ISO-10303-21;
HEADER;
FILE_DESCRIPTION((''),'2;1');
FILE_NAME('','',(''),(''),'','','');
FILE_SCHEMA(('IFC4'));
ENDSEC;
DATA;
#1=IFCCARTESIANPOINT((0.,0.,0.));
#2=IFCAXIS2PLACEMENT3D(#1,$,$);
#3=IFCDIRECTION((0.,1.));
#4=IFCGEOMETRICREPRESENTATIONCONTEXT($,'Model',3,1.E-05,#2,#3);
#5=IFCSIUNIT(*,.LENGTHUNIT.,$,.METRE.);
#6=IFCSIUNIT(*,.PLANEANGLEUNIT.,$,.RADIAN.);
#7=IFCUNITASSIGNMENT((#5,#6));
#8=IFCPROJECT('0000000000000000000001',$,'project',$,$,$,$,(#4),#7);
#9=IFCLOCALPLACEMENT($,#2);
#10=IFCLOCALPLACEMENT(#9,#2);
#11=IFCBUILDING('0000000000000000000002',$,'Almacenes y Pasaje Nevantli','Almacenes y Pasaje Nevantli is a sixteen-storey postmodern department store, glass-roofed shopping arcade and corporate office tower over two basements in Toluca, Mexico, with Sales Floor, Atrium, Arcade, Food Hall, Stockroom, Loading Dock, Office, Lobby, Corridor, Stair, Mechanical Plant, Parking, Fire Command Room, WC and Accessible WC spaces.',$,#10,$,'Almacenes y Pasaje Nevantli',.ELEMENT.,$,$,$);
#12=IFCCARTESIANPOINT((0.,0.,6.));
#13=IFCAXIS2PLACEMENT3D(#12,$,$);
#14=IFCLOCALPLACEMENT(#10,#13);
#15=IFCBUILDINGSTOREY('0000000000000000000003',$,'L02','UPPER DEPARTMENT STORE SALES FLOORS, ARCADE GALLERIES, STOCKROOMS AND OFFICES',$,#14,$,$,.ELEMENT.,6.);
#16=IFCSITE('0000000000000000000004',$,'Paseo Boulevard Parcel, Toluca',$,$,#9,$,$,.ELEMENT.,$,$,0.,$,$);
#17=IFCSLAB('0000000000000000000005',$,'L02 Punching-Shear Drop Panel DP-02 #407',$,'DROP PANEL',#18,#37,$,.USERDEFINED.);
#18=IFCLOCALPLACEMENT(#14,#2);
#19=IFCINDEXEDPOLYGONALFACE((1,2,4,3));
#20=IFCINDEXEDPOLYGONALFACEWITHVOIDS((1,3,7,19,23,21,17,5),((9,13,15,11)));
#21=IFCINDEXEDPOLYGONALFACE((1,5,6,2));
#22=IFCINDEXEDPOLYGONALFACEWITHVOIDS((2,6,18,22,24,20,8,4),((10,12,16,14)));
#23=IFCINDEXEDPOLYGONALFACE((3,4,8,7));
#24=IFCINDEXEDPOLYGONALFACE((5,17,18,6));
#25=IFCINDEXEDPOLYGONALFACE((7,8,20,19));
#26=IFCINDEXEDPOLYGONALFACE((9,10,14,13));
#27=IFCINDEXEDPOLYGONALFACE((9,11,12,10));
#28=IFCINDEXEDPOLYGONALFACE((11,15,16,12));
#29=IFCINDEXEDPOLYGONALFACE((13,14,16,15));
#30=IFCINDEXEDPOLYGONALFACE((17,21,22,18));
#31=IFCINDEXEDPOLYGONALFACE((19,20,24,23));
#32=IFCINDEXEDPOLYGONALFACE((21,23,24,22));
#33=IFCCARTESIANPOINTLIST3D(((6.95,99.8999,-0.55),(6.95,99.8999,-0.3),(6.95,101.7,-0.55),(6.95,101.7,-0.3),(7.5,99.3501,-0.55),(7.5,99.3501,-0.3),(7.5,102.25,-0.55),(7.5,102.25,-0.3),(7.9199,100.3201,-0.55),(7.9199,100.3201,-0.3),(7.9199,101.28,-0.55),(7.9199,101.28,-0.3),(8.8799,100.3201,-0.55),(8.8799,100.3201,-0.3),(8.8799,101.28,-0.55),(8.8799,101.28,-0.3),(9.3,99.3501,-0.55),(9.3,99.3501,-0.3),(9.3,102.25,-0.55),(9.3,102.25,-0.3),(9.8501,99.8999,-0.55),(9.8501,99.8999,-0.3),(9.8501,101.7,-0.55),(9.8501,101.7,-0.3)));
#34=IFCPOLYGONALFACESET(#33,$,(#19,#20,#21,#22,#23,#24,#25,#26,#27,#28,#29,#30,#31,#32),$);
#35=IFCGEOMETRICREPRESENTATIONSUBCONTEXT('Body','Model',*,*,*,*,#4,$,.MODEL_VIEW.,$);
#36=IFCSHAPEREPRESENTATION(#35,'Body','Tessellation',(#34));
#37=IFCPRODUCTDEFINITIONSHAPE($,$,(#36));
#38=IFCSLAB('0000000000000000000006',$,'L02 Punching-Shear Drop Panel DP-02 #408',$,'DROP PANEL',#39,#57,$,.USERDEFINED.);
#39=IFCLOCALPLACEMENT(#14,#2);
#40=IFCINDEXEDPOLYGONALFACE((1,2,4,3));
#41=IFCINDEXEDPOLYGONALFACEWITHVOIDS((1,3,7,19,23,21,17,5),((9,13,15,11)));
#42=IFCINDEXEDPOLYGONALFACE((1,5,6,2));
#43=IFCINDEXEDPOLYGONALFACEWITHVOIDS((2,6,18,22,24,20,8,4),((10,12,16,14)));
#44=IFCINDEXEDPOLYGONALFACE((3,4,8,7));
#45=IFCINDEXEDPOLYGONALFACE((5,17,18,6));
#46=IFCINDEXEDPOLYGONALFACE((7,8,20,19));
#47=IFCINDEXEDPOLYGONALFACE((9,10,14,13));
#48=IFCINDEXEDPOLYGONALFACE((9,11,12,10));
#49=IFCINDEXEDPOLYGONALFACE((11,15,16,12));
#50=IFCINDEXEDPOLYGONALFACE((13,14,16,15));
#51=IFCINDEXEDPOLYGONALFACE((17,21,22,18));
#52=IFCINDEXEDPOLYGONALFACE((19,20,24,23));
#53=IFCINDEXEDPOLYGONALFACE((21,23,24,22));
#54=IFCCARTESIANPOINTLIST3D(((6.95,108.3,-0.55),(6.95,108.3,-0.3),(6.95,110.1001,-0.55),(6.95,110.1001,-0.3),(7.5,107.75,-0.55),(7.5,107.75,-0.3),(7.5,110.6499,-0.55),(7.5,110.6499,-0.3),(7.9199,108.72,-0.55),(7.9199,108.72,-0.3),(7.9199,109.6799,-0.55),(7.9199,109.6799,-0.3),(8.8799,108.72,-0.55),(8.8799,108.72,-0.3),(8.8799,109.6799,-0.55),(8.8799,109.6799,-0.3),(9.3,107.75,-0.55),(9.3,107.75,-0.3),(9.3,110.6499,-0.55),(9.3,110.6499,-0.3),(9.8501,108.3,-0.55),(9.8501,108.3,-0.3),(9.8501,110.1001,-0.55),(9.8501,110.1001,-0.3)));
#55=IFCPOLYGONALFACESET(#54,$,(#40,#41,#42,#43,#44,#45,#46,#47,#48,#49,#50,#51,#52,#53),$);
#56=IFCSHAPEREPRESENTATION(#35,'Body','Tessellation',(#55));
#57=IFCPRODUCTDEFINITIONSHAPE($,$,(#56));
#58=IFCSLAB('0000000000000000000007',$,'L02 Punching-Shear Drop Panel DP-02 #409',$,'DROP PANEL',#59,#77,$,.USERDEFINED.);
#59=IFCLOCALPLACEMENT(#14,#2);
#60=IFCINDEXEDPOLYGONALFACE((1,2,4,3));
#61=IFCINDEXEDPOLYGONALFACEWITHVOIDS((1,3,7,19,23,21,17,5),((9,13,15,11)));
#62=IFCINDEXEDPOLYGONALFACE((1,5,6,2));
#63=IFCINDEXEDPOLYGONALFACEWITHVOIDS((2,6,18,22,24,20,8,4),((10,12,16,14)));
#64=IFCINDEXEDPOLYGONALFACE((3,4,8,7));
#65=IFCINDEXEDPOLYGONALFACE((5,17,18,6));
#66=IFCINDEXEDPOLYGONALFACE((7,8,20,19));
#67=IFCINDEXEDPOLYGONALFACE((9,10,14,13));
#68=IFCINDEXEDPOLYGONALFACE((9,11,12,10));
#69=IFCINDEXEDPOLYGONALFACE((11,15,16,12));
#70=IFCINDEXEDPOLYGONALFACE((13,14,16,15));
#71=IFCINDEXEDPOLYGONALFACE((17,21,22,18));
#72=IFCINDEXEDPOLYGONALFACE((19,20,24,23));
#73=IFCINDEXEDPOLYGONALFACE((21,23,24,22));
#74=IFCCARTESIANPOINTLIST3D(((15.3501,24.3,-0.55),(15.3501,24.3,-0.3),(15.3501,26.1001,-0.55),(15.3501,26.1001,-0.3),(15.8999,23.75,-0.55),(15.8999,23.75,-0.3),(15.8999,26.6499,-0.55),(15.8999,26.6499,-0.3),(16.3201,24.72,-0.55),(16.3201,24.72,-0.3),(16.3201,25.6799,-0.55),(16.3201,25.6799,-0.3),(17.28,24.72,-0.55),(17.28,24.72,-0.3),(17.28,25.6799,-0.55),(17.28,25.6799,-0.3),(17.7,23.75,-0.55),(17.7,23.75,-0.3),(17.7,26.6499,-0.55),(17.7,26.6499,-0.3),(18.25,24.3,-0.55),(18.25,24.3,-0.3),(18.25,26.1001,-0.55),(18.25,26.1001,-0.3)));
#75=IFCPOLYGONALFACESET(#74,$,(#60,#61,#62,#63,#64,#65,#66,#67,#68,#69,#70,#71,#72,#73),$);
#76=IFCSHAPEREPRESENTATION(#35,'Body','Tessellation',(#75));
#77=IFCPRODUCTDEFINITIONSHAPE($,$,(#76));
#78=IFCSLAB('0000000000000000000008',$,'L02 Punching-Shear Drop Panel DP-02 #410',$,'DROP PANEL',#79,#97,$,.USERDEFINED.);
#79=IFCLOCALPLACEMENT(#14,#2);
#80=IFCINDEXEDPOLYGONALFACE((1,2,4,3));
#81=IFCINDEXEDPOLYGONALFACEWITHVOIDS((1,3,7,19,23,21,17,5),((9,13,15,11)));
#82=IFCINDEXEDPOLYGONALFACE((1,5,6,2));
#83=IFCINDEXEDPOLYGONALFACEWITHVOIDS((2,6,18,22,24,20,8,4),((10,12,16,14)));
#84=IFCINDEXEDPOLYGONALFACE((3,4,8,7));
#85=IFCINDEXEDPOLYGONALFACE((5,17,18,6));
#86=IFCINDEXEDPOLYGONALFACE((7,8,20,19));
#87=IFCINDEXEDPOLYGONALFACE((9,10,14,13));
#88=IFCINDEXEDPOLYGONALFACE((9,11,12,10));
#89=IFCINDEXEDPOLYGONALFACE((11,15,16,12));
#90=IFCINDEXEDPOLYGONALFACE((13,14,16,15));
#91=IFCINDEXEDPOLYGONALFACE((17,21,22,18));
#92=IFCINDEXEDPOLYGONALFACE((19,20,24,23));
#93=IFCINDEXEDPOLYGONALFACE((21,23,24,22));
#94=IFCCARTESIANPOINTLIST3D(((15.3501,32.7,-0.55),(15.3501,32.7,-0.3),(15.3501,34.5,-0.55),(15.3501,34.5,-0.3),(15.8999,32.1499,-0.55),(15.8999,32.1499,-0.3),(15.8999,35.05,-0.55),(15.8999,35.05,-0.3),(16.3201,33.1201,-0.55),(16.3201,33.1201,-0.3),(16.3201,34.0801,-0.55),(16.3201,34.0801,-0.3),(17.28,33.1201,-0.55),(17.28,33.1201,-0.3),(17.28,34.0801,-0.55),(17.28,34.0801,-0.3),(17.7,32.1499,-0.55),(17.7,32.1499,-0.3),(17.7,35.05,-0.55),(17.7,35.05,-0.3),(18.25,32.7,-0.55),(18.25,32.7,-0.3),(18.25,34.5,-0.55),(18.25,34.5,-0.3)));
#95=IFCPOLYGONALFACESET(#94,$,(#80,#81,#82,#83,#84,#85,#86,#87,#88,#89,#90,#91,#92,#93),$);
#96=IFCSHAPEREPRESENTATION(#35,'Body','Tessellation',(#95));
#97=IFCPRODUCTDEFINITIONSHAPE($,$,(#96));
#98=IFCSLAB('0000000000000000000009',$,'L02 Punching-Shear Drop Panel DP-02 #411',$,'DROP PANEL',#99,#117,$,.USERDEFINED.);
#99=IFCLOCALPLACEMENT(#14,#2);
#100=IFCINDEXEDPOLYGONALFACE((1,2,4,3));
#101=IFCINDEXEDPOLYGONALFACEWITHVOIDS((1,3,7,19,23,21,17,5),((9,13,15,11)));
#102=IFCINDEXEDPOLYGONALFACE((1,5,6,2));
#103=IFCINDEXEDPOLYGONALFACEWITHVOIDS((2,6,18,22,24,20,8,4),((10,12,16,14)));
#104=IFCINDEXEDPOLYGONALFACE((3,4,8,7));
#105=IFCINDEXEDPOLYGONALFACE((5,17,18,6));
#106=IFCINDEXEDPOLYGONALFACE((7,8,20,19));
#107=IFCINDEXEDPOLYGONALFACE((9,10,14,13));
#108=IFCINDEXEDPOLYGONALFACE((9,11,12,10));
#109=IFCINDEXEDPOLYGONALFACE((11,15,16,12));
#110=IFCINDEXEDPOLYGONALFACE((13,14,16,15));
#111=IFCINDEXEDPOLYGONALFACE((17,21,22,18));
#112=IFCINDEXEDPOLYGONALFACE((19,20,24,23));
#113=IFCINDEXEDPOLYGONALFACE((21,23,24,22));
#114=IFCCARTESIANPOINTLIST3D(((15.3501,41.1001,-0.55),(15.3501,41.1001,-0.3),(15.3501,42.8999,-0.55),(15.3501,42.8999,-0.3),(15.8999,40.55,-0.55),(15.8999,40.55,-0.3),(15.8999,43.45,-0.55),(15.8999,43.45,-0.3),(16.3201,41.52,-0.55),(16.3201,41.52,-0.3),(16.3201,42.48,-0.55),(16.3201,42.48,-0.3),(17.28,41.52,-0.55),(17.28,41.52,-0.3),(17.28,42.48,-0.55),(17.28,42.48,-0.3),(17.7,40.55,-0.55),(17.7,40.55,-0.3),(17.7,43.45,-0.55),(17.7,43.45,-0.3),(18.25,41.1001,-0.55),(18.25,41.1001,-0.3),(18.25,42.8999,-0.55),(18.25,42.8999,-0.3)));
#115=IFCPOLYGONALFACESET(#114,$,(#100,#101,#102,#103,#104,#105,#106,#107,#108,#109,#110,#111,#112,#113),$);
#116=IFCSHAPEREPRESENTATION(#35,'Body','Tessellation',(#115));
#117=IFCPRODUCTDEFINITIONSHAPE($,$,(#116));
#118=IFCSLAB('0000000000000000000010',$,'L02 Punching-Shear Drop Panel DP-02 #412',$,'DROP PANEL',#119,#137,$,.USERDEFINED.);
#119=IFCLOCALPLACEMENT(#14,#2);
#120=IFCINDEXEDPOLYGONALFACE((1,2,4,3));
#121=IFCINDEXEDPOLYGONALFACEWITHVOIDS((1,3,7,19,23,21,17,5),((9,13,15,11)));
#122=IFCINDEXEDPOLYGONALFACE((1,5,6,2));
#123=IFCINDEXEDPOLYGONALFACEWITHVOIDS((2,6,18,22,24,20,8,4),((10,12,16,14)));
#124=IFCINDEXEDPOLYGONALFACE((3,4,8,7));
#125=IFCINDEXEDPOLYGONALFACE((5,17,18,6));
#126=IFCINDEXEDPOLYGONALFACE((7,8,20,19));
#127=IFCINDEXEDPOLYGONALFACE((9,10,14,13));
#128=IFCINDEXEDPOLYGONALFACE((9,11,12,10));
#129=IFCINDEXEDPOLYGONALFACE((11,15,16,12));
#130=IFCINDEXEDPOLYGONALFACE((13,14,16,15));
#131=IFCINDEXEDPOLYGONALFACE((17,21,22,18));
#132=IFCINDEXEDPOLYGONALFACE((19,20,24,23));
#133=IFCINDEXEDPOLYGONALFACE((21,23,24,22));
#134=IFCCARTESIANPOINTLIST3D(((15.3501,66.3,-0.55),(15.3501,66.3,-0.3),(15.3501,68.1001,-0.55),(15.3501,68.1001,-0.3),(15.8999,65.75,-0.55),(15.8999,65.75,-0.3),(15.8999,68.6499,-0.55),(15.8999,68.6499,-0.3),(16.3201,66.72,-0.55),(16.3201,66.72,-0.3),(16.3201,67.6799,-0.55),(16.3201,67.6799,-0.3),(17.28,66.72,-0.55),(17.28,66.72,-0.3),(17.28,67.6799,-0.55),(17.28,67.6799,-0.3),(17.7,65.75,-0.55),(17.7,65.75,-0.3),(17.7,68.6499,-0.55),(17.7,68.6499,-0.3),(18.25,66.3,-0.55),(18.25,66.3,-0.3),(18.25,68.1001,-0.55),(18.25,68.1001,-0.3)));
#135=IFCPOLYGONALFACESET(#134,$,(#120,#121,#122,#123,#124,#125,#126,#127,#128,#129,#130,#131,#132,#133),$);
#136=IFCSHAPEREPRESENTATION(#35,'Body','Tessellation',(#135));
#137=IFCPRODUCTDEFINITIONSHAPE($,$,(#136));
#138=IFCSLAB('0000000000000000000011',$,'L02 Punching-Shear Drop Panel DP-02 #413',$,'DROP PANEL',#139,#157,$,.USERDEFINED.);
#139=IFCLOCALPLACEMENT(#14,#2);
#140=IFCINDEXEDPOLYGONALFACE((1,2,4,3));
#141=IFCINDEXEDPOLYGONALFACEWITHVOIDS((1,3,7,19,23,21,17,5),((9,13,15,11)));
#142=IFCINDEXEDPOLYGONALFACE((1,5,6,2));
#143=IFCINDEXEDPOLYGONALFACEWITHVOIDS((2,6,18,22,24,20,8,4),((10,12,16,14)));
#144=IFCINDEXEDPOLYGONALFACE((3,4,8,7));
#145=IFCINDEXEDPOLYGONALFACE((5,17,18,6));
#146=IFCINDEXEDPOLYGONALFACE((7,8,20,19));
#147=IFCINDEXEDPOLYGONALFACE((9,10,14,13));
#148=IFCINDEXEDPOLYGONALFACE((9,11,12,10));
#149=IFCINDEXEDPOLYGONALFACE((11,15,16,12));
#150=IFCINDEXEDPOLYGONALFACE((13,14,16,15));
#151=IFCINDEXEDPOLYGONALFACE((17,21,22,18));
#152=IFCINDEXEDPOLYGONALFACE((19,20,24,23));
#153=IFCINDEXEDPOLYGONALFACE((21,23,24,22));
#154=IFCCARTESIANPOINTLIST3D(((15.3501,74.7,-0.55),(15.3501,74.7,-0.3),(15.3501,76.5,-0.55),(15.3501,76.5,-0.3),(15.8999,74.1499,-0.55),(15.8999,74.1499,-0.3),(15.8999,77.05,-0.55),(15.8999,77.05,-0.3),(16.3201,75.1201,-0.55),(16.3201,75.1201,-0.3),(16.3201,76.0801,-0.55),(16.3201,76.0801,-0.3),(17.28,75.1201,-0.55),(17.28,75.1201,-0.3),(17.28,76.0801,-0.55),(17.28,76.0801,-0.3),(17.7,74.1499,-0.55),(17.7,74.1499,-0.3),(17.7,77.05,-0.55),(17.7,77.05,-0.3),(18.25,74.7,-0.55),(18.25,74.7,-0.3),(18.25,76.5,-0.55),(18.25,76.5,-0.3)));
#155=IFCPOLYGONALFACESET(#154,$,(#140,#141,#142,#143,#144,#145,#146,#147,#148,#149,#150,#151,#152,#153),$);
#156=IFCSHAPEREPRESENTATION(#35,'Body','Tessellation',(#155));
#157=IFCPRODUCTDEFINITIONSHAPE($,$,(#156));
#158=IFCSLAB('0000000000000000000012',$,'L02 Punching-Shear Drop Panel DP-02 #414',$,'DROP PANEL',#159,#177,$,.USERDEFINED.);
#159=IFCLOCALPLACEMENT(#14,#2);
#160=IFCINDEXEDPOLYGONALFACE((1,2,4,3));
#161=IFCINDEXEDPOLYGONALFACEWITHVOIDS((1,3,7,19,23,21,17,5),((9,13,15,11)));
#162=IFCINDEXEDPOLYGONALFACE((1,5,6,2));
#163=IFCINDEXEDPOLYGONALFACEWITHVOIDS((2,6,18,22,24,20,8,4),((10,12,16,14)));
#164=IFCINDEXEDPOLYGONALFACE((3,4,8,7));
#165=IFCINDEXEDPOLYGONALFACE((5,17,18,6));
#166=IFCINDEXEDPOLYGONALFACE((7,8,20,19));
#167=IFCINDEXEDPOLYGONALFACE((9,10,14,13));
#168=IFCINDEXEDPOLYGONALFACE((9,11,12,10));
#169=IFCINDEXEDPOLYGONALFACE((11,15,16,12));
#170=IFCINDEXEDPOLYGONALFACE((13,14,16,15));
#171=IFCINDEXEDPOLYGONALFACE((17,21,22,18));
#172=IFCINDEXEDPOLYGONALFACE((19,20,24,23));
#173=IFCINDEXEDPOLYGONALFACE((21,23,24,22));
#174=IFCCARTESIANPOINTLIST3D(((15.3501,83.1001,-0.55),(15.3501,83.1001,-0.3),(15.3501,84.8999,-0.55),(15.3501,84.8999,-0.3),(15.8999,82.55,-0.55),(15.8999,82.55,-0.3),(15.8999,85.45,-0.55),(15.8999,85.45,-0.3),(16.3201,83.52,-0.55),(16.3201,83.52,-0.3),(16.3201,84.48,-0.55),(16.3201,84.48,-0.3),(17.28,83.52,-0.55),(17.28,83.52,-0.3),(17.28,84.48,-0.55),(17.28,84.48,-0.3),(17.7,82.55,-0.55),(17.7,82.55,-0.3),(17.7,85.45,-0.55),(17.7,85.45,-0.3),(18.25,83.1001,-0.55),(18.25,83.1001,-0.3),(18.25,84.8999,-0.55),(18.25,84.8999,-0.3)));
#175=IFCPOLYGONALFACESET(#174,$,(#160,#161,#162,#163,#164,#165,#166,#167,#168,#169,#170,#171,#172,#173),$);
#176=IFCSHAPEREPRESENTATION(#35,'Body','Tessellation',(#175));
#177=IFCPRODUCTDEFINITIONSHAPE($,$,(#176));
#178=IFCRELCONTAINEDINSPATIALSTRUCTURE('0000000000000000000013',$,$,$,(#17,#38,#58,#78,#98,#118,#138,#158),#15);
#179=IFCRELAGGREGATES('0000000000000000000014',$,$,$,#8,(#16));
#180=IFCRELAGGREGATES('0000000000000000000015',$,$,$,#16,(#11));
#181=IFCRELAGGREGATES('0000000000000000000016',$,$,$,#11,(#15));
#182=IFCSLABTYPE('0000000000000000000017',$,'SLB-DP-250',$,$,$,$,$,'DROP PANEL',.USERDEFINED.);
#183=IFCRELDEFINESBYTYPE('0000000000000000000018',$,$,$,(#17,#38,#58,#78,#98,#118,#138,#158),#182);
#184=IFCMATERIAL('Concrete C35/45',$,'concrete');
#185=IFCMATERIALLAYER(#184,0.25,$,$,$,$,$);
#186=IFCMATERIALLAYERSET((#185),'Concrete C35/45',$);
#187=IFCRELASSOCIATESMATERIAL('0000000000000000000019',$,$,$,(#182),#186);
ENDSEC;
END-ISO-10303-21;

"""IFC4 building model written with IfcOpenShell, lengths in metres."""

from ifc_helpers import new_model, si_unit, direction, frame, origin, place, context, subcontext, project, spatial, polyline, outline, extrude, material, layer, layer_set, type_object, element, save


model = new_model("IFC4")

# Units and contexts
model_context = context("Model", 3, precision=1e-05, world=origin(), true_north=direction((0.0, 1.0)))
body_context = subcontext(model_context, "Body", "Model", "MODEL_VIEW")
ifc_project = project(units=[si_unit("LENGTHUNIT", "METRE"), si_unit("PLANEANGLEUNIT", "RADIAN")], contexts=[model_context])

# Site, building, storey
site_placement = place(None, origin())
site = spatial("IfcSite", under=ifc_project, at=site_placement, Name="Paseo Boulevard Parcel, Toluca", CompositionType="ELEMENT", RefElevation=0.0)
building_placement = place(site_placement, origin())
building = spatial("IfcBuilding", under=site, at=building_placement, Name="Almacenes y Pasaje Nevantli", Description="Almacenes y Pasaje Nevantli is a sixteen-storey postmodern department store, glass-roofed shopping arcade and corporate office tower over two basements in Toluca, Mexico, with Sales Floor, Atrium, Arcade, Food Hall, Stockroom, Loading Dock, Office, Lobby, Corridor, Stair, Mechanical Plant, Parking, Fire Command Room, WC and Accessible WC spaces.", LongName="Almacenes y Pasaje Nevantli", CompositionType="ELEMENT")
storey_placement = place(building_placement, frame((0.0, 0.0, 6.0)))
storey = spatial("IfcBuildingStorey", under=building, at=storey_placement, Name="L02", Description="UPPER DEPARTMENT STORE SALES FLOORS, ARCADE GALLERIES, STOCKROOMS AND OFFICES", CompositionType="ELEMENT", Elevation=6.0)

# Slabs
ifc_material_1 = material(Name="Concrete C35/45", Category="concrete")
ifc_layer_1 = layer(ifc_material_1, 0.25)
ifc_layer_set_1 = layer_set([ifc_layer_1], Name="Concrete C35/45")
slab_type_1 = type_object("IfcSlabType", Name="SLB-DP-250", ElementType="DROP PANEL", PredefinedType="USERDEFINED", material=ifc_layer_set_1)
slab_1_placement = place(storey_placement, frame((0.0, 0.0, -0.55)))
element("IfcSlab", 1, at=slab_1_placement, inside=storey, type_object=slab_type_1, Name="L02 Punching-Shear Drop Panel DP-02 #407", ObjectType="DROP PANEL", PredefinedType="USERDEFINED", context=body_context, shape_type="SweptSolid", body=[
    extrude(outline(polyline([(7.5, 99.3501), (9.3, 99.3501), (9.8501, 99.8999), (9.8501, 101.7), (9.3, 102.25), (7.5, 102.25), (6.95, 101.7), (6.95, 99.8999), (7.5, 99.3501)]), holes=[polyline([(7.9199, 100.3201), (8.8799, 100.3201), (8.8799, 101.28), (7.9199, 101.28), (7.9199, 100.3201)])]), origin(), (0.0, 0.0, 1.0), 0.25),
])
slab_2_placement = place(storey_placement, frame((0.0, 0.0, -0.55)))
element("IfcSlab", 2, at=slab_2_placement, inside=storey, type_object=slab_type_1, Name="L02 Punching-Shear Drop Panel DP-02 #408", ObjectType="DROP PANEL", PredefinedType="USERDEFINED", context=body_context, shape_type="SweptSolid", body=[
    extrude(outline(polyline([(7.5, 107.75), (9.3, 107.75), (9.8501, 108.3), (9.8501, 110.1001), (9.3, 110.6499), (7.5, 110.6499), (6.95, 110.1001), (6.95, 108.3), (7.5, 107.75)]), holes=[polyline([(7.9199, 108.72), (8.8799, 108.72), (8.8799, 109.6799), (7.9199, 109.6799), (7.9199, 108.72)])]), origin(), (0.0, 0.0, 1.0), 0.25),
])
slab_3_placement = place(storey_placement, frame((0.0, 0.0, -0.55)))
element("IfcSlab", 3, at=slab_3_placement, inside=storey, type_object=slab_type_1, Name="L02 Punching-Shear Drop Panel DP-02 #409", ObjectType="DROP PANEL", PredefinedType="USERDEFINED", context=body_context, shape_type="SweptSolid", body=[
    extrude(outline(polyline([(15.8999, 23.75), (17.7, 23.75), (18.25, 24.3), (18.25, 26.1001), (17.7, 26.6499), (15.8999, 26.6499), (15.3501, 26.1001), (15.3501, 24.3), (15.8999, 23.75)]), holes=[polyline([(16.3201, 24.72), (17.28, 24.72), (17.28, 25.6799), (16.3201, 25.6799), (16.3201, 24.72)])]), origin(), (0.0, 0.0, 1.0), 0.25),
])
slab_4_placement = place(storey_placement, frame((0.0, 0.0, -0.55)))
element("IfcSlab", 4, at=slab_4_placement, inside=storey, type_object=slab_type_1, Name="L02 Punching-Shear Drop Panel DP-02 #410", ObjectType="DROP PANEL", PredefinedType="USERDEFINED", context=body_context, shape_type="SweptSolid", body=[
    extrude(outline(polyline([(15.8999, 32.1499), (17.7, 32.1499), (18.25, 32.7), (18.25, 34.5), (17.7, 35.05), (15.8999, 35.05), (15.3501, 34.5), (15.3501, 32.7), (15.8999, 32.1499)]), holes=[polyline([(16.3201, 33.1201), (17.28, 33.1201), (17.28, 34.0801), (16.3201, 34.0801), (16.3201, 33.1201)])]), origin(), (0.0, 0.0, 1.0), 0.25),
])
slab_5_placement = place(storey_placement, frame((0.0, 0.0, -0.55)))
element("IfcSlab", 5, at=slab_5_placement, inside=storey, type_object=slab_type_1, Name="L02 Punching-Shear Drop Panel DP-02 #411", ObjectType="DROP PANEL", PredefinedType="USERDEFINED", context=body_context, shape_type="SweptSolid", body=[
    extrude(outline(polyline([(15.8999, 40.55), (17.7, 40.55), (18.25, 41.1001), (18.25, 42.8999), (17.7, 43.45), (15.8999, 43.45), (15.3501, 42.8999), (15.3501, 41.1001), (15.8999, 40.55)]), holes=[polyline([(16.3201, 41.52), (17.28, 41.52), (17.28, 42.48), (16.3201, 42.48), (16.3201, 41.52)])]), origin(), (0.0, 0.0, 1.0), 0.25),
])
slab_6_placement = place(storey_placement, frame((0.0, 0.0, -0.55)))
element("IfcSlab", 6, at=slab_6_placement, inside=storey, type_object=slab_type_1, Name="L02 Punching-Shear Drop Panel DP-02 #412", ObjectType="DROP PANEL", PredefinedType="USERDEFINED", context=body_context, shape_type="SweptSolid", body=[
    extrude(outline(polyline([(15.8999, 65.75), (17.7, 65.75), (18.25, 66.3), (18.25, 68.1001), (17.7, 68.6499), (15.8999, 68.6499), (15.3501, 68.1001), (15.3501, 66.3), (15.8999, 65.75)]), holes=[polyline([(16.3201, 66.72), (17.28, 66.72), (17.28, 67.6799), (16.3201, 67.6799), (16.3201, 66.72)])]), origin(), (0.0, 0.0, 1.0), 0.25),
])
slab_7_placement = place(storey_placement, frame((0.0, 0.0, -0.55)))
element("IfcSlab", 7, at=slab_7_placement, inside=storey, type_object=slab_type_1, Name="L02 Punching-Shear Drop Panel DP-02 #413", ObjectType="DROP PANEL", PredefinedType="USERDEFINED", context=body_context, shape_type="SweptSolid", body=[
    extrude(outline(polyline([(15.8999, 74.1499), (17.7, 74.1499), (18.25, 74.7), (18.25, 76.5), (17.7, 77.05), (15.8999, 77.05), (15.3501, 76.5), (15.3501, 74.7), (15.8999, 74.1499)]), holes=[polyline([(16.3201, 75.1201), (17.28, 75.1201), (17.28, 76.0801), (16.3201, 76.0801), (16.3201, 75.1201)])]), origin(), (0.0, 0.0, 1.0), 0.25),
])
slab_8_placement = place(storey_placement, frame((0.0, 0.0, -0.55)))
element("IfcSlab", 8, at=slab_8_placement, inside=storey, type_object=slab_type_1, Name="L02 Punching-Shear Drop Panel DP-02 #414", ObjectType="DROP PANEL", PredefinedType="USERDEFINED", context=body_context, shape_type="SweptSolid", body=[
    extrude(outline(polyline([(15.8999, 82.55), (17.7, 82.55), (18.25, 83.1001), (18.25, 84.8999), (17.7, 85.45), (15.8999, 85.45), (15.3501, 84.8999), (15.3501, 83.1001), (15.8999, 82.55)]), holes=[polyline([(16.3201, 83.52), (17.28, 83.52), (17.28, 84.48), (16.3201, 84.48), (16.3201, 83.52)])]), origin(), (0.0, 0.0, 1.0), 0.25),
])

save(model, "model.ifc")
